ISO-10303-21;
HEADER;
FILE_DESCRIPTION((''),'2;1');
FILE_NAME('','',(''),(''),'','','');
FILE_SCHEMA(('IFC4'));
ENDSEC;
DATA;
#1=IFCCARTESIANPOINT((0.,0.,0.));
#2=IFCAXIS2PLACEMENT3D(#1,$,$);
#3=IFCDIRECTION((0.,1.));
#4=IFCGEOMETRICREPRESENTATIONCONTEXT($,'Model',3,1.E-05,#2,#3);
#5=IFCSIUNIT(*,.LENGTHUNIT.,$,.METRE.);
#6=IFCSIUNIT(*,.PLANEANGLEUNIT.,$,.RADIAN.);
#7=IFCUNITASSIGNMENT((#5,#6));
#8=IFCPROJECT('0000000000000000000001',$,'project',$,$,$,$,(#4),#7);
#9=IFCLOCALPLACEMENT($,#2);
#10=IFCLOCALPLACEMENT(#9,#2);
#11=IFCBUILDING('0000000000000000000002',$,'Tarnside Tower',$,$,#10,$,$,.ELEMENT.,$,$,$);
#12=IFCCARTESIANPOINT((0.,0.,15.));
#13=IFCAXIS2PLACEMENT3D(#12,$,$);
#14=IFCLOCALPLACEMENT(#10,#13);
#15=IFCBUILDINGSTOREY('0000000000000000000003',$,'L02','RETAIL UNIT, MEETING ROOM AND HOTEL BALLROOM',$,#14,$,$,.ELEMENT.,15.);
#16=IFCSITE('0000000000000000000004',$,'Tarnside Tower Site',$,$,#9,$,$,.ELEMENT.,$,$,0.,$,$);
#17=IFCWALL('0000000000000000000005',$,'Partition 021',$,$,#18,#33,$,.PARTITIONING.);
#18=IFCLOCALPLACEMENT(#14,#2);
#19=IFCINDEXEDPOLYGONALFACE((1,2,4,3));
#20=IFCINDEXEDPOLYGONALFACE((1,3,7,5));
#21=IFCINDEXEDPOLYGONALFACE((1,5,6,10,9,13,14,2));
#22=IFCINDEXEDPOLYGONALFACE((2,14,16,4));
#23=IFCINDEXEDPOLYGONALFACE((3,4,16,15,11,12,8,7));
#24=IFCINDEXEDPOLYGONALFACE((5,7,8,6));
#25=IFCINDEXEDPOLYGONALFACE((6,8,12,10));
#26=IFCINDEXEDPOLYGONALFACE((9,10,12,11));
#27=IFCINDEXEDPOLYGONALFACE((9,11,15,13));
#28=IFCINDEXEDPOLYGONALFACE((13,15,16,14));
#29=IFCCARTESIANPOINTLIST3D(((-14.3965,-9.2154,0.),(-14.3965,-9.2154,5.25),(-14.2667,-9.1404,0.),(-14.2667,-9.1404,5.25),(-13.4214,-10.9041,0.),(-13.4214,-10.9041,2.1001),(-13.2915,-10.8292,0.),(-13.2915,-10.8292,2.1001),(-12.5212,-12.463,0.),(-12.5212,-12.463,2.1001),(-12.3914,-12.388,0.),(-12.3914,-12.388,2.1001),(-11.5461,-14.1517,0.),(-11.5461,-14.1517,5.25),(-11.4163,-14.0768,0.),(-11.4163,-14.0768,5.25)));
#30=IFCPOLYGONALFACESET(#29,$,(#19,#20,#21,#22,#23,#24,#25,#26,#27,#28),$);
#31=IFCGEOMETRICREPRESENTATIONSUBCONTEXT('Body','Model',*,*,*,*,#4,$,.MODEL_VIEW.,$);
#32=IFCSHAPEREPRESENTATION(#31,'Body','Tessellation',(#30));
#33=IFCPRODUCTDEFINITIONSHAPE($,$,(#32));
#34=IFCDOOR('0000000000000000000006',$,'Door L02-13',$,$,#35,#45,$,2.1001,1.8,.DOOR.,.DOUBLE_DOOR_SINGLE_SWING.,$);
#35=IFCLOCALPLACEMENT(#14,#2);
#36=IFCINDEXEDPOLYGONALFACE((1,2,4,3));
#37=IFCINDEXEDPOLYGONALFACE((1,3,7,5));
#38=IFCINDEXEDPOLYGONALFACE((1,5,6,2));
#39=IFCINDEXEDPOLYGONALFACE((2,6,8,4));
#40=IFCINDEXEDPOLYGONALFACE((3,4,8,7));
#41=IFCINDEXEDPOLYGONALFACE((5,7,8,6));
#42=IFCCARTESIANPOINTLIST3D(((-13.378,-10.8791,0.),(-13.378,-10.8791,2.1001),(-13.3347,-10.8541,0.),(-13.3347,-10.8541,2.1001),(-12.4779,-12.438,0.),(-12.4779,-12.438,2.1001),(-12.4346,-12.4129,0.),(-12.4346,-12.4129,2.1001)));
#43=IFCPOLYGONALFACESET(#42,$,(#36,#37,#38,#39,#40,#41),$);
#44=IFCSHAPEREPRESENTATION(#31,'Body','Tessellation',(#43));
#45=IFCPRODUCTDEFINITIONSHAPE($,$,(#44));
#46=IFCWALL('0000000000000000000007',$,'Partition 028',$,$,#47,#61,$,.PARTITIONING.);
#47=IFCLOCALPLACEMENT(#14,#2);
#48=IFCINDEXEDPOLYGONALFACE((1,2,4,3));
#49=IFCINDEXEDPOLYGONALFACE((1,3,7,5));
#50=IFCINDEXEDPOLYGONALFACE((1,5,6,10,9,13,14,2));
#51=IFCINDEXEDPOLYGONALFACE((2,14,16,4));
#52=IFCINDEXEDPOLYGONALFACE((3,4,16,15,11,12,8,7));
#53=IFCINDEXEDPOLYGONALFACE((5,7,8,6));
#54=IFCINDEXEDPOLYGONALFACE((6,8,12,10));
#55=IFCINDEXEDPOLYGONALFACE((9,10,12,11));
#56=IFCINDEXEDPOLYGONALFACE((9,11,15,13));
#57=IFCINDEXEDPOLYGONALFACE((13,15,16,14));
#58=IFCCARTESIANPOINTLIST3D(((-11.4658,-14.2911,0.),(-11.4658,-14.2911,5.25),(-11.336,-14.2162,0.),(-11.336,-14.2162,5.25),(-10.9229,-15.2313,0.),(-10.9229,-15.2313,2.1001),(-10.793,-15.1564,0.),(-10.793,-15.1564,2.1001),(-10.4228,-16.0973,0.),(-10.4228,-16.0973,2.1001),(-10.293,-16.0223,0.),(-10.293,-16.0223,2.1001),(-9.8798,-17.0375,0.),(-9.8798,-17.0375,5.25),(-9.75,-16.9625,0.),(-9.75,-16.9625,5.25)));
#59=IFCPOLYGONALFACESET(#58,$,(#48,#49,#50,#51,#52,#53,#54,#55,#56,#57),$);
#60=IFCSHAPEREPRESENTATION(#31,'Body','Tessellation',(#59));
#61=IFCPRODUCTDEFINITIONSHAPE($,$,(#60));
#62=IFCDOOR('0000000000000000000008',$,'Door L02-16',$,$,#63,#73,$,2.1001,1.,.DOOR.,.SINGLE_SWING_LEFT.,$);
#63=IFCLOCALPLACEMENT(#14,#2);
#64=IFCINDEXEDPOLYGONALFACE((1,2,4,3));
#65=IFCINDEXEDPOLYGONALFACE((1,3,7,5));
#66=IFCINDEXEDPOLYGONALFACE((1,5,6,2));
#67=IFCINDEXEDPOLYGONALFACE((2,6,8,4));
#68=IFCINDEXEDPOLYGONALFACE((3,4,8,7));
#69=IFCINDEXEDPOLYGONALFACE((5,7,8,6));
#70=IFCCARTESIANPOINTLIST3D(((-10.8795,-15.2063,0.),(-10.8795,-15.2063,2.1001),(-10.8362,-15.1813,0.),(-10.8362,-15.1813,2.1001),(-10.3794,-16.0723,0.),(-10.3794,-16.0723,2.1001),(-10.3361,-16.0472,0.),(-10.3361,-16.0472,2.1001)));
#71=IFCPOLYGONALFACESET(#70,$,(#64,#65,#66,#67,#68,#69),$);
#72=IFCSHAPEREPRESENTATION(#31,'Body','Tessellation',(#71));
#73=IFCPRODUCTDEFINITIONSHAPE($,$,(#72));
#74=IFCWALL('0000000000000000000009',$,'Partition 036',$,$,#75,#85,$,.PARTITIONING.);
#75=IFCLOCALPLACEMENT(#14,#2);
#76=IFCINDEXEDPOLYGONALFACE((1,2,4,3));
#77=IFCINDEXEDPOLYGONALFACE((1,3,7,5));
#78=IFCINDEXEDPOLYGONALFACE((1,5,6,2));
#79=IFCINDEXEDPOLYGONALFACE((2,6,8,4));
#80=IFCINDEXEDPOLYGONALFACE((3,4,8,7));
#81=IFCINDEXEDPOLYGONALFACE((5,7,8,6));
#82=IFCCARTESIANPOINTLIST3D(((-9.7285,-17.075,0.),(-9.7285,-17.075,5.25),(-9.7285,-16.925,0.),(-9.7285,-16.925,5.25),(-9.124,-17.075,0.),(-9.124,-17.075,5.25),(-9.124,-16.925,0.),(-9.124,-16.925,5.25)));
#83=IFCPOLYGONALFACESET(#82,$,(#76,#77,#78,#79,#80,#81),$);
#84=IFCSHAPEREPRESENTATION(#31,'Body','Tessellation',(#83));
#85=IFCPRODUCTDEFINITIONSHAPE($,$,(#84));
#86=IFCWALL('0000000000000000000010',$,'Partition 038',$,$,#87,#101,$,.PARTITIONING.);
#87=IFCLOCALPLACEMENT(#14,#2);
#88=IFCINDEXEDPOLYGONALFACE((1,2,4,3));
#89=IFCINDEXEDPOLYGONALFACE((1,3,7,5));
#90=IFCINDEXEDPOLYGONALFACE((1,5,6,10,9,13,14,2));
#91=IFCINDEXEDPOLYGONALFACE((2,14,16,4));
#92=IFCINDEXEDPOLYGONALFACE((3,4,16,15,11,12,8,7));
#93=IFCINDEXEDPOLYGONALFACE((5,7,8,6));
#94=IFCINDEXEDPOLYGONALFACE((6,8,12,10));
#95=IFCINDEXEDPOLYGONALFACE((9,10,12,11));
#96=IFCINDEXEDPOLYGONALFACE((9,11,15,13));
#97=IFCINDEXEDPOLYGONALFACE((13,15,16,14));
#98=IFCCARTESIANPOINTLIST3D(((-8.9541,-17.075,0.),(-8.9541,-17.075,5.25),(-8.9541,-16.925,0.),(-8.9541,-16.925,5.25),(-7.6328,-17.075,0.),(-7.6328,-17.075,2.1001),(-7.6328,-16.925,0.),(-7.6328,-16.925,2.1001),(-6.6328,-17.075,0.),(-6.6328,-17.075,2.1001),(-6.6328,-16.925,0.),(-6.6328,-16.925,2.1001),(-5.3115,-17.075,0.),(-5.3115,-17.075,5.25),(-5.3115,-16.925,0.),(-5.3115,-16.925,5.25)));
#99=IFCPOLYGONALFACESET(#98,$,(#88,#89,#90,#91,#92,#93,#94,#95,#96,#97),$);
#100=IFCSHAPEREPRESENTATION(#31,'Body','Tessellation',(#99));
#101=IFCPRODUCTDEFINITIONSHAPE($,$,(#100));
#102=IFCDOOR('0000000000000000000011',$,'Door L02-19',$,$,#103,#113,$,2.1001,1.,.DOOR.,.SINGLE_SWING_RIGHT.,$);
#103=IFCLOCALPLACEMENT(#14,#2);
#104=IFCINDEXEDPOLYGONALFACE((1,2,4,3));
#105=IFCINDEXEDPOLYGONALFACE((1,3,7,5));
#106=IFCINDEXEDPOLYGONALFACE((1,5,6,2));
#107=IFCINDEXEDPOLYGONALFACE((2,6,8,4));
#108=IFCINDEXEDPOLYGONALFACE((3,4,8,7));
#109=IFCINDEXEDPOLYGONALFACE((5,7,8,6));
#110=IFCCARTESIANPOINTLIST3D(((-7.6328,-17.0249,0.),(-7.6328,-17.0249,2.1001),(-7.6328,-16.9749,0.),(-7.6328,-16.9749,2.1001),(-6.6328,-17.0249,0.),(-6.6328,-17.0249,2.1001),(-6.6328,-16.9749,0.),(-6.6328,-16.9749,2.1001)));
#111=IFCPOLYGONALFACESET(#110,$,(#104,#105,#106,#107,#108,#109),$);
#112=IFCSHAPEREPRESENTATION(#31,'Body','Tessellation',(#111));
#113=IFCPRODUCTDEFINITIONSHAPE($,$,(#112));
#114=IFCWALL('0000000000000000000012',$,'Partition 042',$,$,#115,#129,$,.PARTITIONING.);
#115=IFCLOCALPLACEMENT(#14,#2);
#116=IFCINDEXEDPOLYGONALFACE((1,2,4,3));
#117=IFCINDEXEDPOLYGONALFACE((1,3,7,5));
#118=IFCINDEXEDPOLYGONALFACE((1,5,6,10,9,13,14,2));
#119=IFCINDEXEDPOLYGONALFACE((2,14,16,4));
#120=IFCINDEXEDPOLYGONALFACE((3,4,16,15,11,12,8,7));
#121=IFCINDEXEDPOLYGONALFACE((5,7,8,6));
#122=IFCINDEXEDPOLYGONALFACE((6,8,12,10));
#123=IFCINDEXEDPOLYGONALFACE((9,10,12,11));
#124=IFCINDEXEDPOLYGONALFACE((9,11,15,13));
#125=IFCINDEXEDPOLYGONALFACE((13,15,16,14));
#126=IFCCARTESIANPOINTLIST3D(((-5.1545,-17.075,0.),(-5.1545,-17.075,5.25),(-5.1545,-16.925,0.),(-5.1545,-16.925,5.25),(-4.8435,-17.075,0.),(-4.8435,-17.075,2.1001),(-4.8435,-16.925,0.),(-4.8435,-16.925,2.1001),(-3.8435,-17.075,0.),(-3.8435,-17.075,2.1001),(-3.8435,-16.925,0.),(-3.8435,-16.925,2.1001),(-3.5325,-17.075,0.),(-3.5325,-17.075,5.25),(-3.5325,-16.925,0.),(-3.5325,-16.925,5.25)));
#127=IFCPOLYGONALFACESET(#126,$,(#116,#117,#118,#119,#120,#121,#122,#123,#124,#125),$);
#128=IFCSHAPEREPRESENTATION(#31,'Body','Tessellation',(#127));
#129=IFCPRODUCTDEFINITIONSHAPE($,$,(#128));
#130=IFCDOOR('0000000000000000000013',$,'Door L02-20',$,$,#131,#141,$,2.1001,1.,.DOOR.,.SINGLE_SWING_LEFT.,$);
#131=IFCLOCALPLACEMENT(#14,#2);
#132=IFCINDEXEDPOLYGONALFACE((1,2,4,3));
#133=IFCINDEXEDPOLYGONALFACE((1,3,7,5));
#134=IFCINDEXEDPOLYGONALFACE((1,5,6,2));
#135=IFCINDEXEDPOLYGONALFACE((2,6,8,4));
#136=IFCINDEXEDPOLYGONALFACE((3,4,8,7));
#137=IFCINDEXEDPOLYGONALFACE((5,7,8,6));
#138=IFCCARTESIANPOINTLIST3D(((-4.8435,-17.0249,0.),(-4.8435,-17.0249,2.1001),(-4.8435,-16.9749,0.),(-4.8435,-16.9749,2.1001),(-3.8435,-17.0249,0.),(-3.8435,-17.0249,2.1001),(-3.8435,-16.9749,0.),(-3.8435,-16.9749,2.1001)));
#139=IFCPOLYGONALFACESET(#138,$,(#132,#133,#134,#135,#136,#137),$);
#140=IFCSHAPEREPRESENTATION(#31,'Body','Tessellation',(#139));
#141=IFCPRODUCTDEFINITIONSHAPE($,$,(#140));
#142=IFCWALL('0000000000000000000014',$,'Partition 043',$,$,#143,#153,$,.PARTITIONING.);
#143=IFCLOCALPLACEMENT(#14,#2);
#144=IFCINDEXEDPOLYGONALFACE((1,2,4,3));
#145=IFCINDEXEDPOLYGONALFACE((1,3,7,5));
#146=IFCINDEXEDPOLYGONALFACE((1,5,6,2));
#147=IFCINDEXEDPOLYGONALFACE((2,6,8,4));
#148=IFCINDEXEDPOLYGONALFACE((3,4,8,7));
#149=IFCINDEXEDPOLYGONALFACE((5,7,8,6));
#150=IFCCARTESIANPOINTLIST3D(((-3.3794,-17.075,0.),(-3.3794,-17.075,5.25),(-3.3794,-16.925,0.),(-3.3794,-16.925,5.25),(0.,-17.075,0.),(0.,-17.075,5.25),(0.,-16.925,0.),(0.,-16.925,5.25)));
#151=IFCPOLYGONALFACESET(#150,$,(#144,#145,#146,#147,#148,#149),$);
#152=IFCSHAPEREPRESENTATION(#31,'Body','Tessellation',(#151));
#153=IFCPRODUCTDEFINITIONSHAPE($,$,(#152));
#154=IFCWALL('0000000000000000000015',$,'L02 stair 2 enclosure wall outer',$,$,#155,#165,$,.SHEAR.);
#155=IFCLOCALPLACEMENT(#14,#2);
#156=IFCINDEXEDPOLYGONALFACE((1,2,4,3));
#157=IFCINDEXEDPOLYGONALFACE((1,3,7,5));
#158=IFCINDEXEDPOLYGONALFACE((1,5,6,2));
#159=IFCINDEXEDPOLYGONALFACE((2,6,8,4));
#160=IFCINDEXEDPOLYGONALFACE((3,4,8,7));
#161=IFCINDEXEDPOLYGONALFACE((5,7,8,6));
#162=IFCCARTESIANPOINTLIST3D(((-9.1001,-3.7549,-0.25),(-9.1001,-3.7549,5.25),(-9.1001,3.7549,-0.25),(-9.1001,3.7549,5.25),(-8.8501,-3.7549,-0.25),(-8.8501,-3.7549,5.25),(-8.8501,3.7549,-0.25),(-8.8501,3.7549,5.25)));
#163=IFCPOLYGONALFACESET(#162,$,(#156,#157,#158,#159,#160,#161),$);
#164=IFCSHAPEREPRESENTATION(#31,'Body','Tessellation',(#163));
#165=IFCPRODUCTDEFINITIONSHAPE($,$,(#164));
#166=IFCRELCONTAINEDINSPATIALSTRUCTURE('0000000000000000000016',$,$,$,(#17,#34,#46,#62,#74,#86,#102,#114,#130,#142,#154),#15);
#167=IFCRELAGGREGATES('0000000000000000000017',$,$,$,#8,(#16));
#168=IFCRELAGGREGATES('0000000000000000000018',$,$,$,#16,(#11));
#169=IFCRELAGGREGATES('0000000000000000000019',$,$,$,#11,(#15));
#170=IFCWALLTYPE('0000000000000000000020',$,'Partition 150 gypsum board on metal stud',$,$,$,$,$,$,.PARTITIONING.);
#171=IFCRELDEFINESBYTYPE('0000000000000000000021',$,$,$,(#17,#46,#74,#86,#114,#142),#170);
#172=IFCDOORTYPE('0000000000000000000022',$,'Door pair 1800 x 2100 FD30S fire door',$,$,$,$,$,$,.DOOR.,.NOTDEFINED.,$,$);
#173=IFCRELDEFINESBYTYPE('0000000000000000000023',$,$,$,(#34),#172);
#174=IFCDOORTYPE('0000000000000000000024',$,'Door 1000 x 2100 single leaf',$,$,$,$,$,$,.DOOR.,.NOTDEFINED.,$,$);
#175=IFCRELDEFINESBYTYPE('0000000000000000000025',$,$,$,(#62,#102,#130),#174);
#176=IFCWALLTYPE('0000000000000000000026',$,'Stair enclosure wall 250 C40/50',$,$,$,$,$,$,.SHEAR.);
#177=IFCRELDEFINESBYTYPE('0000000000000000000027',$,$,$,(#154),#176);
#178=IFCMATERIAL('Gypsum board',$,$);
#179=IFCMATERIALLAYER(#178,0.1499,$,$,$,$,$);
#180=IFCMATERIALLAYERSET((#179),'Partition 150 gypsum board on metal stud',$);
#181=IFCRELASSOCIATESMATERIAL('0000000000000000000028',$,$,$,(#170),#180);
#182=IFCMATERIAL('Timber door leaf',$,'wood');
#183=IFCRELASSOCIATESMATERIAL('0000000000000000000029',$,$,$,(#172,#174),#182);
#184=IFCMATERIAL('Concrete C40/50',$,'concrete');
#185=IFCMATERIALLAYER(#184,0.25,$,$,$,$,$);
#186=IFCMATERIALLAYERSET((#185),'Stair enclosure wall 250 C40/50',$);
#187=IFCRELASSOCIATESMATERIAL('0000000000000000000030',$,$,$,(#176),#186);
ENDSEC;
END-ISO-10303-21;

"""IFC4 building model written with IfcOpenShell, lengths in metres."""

from ifc_helpers import new_model, si_unit, direction, frame, frame_2d, origin, place, context, subcontext, project, spatial, rectangle, extrude, material, layer, layer_set, type_object, element, fill, save


model = new_model("IFC4")

# Units and contexts
model_context = context("Model", 3, precision=1e-05, world=origin(), true_north=direction((0.0, 1.0)))
body_context = subcontext(model_context, "Body", "Model", "MODEL_VIEW")
ifc_project = project(units=[si_unit("LENGTHUNIT", "METRE"), si_unit("PLANEANGLEUNIT", "RADIAN")], contexts=[model_context])

# Site, building, storey
site_placement = place(None, origin())
site = spatial("IfcSite", under=ifc_project, at=site_placement, Name="Tarnside Tower Site", CompositionType="ELEMENT", RefElevation=0.0)
building_placement = place(site_placement, origin())
building = spatial("IfcBuilding", under=site, at=building_placement, Name="Tarnside Tower", CompositionType="ELEMENT")
storey_placement = place(building_placement, frame((0.0, 0.0, 15.0)))
storey = spatial("IfcBuildingStorey", under=building, at=storey_placement, Name="L02", Description="RETAIL UNIT, MEETING ROOM AND HOTEL BALLROOM", CompositionType="ELEMENT", Elevation=15.0)

# Shared definitions
ifc_material_1 = material(Name="Concrete C40/50", Category="concrete")

# Walls, openings, doors
ifc_material_2 = material(Name="Gypsum board")
ifc_layer_1 = layer(ifc_material_2, 0.1499)
ifc_layer_set_1 = layer_set([ifc_layer_1], Name="Partition 150 gypsum board on metal stud")
wall_type_1 = type_object("IfcWallType", Name="Partition 150 gypsum board on metal stud", PredefinedType="PARTITIONING", material=ifc_layer_set_1)
wall_1_placement = place(storey_placement, frame((-11.4812, -14.1143, 0.0), z_axis=(0.0, 0.0, 1.0), x_axis=(-0.50005, 0.865997, 0.0)))
wall_1 = element("IfcWall", 1, at=wall_1_placement, inside=storey, type_object=wall_type_1, Name="Partition 021", PredefinedType="PARTITIONING", context=body_context, shape_type="SweptSolid", body=[
    extrude(rectangle(XDim=5.7002, YDim=0.1499, at=frame_2d((2.8501, 0.0))), origin(), (0.0, 0.0, 1.0), 5.25),
])
opening_1_placement = place(wall_1_placement, frame((1.9502, 0.0, 0.0)))
opening_1 = element("IfcOpeningElement", 2, at=opening_1_placement, cuts=wall_1, PredefinedType="OPENING", context=body_context, shape_type="SweptSolid", body=[
    extrude(rectangle(XDim=1.8, YDim=2.1001, at=frame_2d((0.8999, 1.05))), frame((0.0, 0.085, 0.0), z_axis=(0.0, -1.0, 0.0), x_axis=(1.0, 0.0, 0.0)), (0.0, 0.0, 1.0), 0.1699),
])
ifc_material_3 = material(Name="Timber door leaf", Category="wood")
door_type_1 = type_object("IfcDoorType", Name="Door pair 1800 x 2100 FD30S fire door", OperationType="NOTDEFINED", PredefinedType="DOOR", material=ifc_material_3)
door_1_placement = place(opening_1_placement, origin())
door_1 = element("IfcDoor", 3, at=door_1_placement, inside=storey, type_object=door_type_1, Name="Door L02-13", OperationType="DOUBLE_DOOR_SINGLE_SWING", OverallHeight=2.1001, OverallWidth=1.8, PredefinedType="DOOR", context=body_context, shape_type="SweptSolid", body=[
    extrude(rectangle(XDim=1.8, YDim=2.1001, at=frame_2d((0.8999, 1.05))), frame((0.0, 0.0249, 0.0), z_axis=(0.0, -1.0, 0.0), x_axis=(1.0, 0.0, 0.0)), (0.0, 0.0, 1.0), 0.05),
])
fill(opening_1, door_1)
wall_2_placement = place(storey_placement, frame((-9.8149, -17.0, 0.0), z_axis=(0.0, 0.0, 1.0), x_axis=(-0.50008, 0.865979, 0.0)))
wall_2 = element("IfcWall", 4, at=wall_2_placement, inside=storey, type_object=wall_type_1, Name="Partition 028", PredefinedType="PARTITIONING", context=body_context, shape_type="SweptSolid", body=[
    extrude(rectangle(XDim=3.1714, YDim=0.1499, at=frame_2d((1.5857, 0.0))), origin(), (0.0, 0.0, 1.0), 5.25),
])
opening_2_placement = place(wall_2_placement, frame((1.0857, 0.0, 0.0)))
opening_2 = element("IfcOpeningElement", 5, at=opening_2_placement, cuts=wall_2, PredefinedType="OPENING", context=body_context, shape_type="SweptSolid", body=[
    extrude(rectangle(XDim=1.0, YDim=2.1001, at=frame_2d((0.5, 1.05))), frame((0.0, 0.085, 0.0), z_axis=(0.0, -1.0, 0.0), x_axis=(1.0, 0.0, 0.0)), (0.0, 0.0, 1.0), 0.1699),
])
door_type_2 = type_object("IfcDoorType", Name="Door 1000 x 2100 single leaf", OperationType="NOTDEFINED", PredefinedType="DOOR", material=ifc_material_3)
door_2_placement = place(opening_2_placement, origin())
door_2 = element("IfcDoor", 6, at=door_2_placement, inside=storey, type_object=door_type_2, Name="Door L02-16", OperationType="SINGLE_SWING_LEFT", OverallHeight=2.1001, OverallWidth=1.0, PredefinedType="DOOR", context=body_context, shape_type="SweptSolid", body=[
    extrude(rectangle(XDim=1.0, YDim=2.1001, at=frame_2d((0.5, 1.05))), frame((0.0, 0.0249, 0.0), z_axis=(0.0, -1.0, 0.0), x_axis=(1.0, 0.0, 0.0)), (0.0, 0.0, 1.0), 0.05),
])
fill(opening_2, door_2)

# Wall
wall_3_placement = place(storey_placement, frame((-9.7285, -17.0, 0.0), z_axis=(0.0, 0.0, 1.0), x_axis=(1.0, 0.0, 0.0)))
element("IfcWall", 7, at=wall_3_placement, inside=storey, type_object=wall_type_1, Name="Partition 036", PredefinedType="PARTITIONING", context=body_context, shape_type="SweptSolid", body=[
    extrude(rectangle(XDim=0.6045, YDim=0.1499, at=frame_2d((0.3022, 0.0))), origin(), (0.0, 0.0, 1.0), 5.25),
])

# Walls, openings, doors
wall_4_placement = place(storey_placement, frame((-5.3115, -17.0, 0.0), z_axis=(0.0, 0.0, 1.0), x_axis=(-1.0, 0.0, 0.0)))
wall_4 = element("IfcWall", 8, at=wall_4_placement, inside=storey, type_object=wall_type_1, Name="Partition 038", PredefinedType="PARTITIONING", context=body_context, shape_type="SweptSolid", body=[
    extrude(rectangle(XDim=3.6426, YDim=0.1499, at=frame_2d((1.8213, 0.0))), origin(), (0.0, 0.0, 1.0), 5.25),
])
opening_3_placement = place(wall_4_placement, frame((1.3213, 0.0, 0.0)))
opening_3 = element("IfcOpeningElement", 9, at=opening_3_placement, cuts=wall_4, PredefinedType="OPENING", context=body_context, shape_type="SweptSolid", body=[
    extrude(rectangle(XDim=1.0, YDim=2.1001, at=frame_2d((0.5, 1.05))), frame((0.0, 0.085, 0.0), z_axis=(0.0, -1.0, 0.0), x_axis=(1.0, 0.0, 0.0)), (0.0, 0.0, 1.0), 0.1699),
])
door_3_placement = place(opening_3_placement, origin())
door_3 = element("IfcDoor", 10, at=door_3_placement, inside=storey, type_object=door_type_2, Name="Door L02-19", OperationType="SINGLE_SWING_RIGHT", OverallHeight=2.1001, OverallWidth=1.0, PredefinedType="DOOR", context=body_context, shape_type="SweptSolid", body=[
    extrude(rectangle(XDim=1.0, YDim=2.1001, at=frame_2d((0.5, 1.05))), frame((0.0, 0.0249, 0.0), z_axis=(0.0, -1.0, 0.0), x_axis=(1.0, 0.0, 0.0)), (0.0, 0.0, 1.0), 0.05),
])
fill(opening_3, door_3)
wall_5_placement = place(storey_placement, frame((-3.5325, -17.0, 0.0), z_axis=(0.0, 0.0, 1.0), x_axis=(-1.0, 0.0, 0.0)))
wall_5 = element("IfcWall", 11, at=wall_5_placement, inside=storey, type_object=wall_type_1, Name="Partition 042", PredefinedType="PARTITIONING", context=body_context, shape_type="SweptSolid", body=[
    extrude(rectangle(XDim=1.6221, YDim=0.1499, at=frame_2d((0.811, 0.0))), origin(), (0.0, 0.0, 1.0), 5.25),
])
opening_4_placement = place(wall_5_placement, frame((0.311, 0.0, 0.0)))
opening_4 = element("IfcOpeningElement", 12, at=opening_4_placement, cuts=wall_5, PredefinedType="OPENING", context=body_context, shape_type="SweptSolid", body=[
    extrude(rectangle(XDim=1.0, YDim=2.1001, at=frame_2d((0.5, 1.05))), frame((0.0, 0.085, 0.0), z_axis=(0.0, -1.0, 0.0), x_axis=(1.0, 0.0, 0.0)), (0.0, 0.0, 1.0), 0.1699),
])
door_4_placement = place(opening_4_placement, origin())
door_4 = element("IfcDoor", 13, at=door_4_placement, inside=storey, type_object=door_type_2, Name="Door L02-20", OperationType="SINGLE_SWING_LEFT", OverallHeight=2.1001, OverallWidth=1.0, PredefinedType="DOOR", context=body_context, shape_type="SweptSolid", body=[
    extrude(rectangle(XDim=1.0, YDim=2.1001, at=frame_2d((0.5, 1.05))), frame((0.0, 0.0249, 0.0), z_axis=(0.0, -1.0, 0.0), x_axis=(1.0, 0.0, 0.0)), (0.0, 0.0, 1.0), 0.05),
])
fill(opening_4, door_4)

# Walls
wall_6_placement = place(storey_placement, frame((-3.3794, -17.0, 0.0), z_axis=(0.0, 0.0, 1.0), x_axis=(1.0, 0.0, 0.0)))
element("IfcWall", 14, at=wall_6_placement, inside=storey, type_object=wall_type_1, Name="Partition 043", PredefinedType="PARTITIONING", context=body_context, shape_type="SweptSolid", body=[
    extrude(rectangle(XDim=3.3794, YDim=0.1499, at=frame_2d((1.6897, 0.0))), origin(), (0.0, 0.0, 1.0), 5.25),
])
ifc_layer_2 = layer(ifc_material_1, 0.25)
ifc_layer_set_2 = layer_set([ifc_layer_2], Name="Stair enclosure wall 250 C40/50")
wall_type_2 = type_object("IfcWallType", Name="Stair enclosure wall 250 C40/50", PredefinedType="SHEAR", material=ifc_layer_set_2)
wall_7_placement = place(storey_placement, frame((-8.9751, -3.7549, -0.25), z_axis=(0.0, 0.0, 1.0), x_axis=(0.0, 1.0, 0.0)))
element("IfcWall", 15, at=wall_7_placement, inside=storey, type_object=wall_type_2, Name="L02 stair 2 enclosure wall outer", PredefinedType="SHEAR", context=body_context, shape_type="SweptSolid", body=[
    extrude(rectangle(XDim=7.5098, YDim=0.25, at=frame_2d((3.7549, 0.0))), origin(), (0.0, 0.0, 1.0), 5.5),
])

save(model, "model.ifc")
